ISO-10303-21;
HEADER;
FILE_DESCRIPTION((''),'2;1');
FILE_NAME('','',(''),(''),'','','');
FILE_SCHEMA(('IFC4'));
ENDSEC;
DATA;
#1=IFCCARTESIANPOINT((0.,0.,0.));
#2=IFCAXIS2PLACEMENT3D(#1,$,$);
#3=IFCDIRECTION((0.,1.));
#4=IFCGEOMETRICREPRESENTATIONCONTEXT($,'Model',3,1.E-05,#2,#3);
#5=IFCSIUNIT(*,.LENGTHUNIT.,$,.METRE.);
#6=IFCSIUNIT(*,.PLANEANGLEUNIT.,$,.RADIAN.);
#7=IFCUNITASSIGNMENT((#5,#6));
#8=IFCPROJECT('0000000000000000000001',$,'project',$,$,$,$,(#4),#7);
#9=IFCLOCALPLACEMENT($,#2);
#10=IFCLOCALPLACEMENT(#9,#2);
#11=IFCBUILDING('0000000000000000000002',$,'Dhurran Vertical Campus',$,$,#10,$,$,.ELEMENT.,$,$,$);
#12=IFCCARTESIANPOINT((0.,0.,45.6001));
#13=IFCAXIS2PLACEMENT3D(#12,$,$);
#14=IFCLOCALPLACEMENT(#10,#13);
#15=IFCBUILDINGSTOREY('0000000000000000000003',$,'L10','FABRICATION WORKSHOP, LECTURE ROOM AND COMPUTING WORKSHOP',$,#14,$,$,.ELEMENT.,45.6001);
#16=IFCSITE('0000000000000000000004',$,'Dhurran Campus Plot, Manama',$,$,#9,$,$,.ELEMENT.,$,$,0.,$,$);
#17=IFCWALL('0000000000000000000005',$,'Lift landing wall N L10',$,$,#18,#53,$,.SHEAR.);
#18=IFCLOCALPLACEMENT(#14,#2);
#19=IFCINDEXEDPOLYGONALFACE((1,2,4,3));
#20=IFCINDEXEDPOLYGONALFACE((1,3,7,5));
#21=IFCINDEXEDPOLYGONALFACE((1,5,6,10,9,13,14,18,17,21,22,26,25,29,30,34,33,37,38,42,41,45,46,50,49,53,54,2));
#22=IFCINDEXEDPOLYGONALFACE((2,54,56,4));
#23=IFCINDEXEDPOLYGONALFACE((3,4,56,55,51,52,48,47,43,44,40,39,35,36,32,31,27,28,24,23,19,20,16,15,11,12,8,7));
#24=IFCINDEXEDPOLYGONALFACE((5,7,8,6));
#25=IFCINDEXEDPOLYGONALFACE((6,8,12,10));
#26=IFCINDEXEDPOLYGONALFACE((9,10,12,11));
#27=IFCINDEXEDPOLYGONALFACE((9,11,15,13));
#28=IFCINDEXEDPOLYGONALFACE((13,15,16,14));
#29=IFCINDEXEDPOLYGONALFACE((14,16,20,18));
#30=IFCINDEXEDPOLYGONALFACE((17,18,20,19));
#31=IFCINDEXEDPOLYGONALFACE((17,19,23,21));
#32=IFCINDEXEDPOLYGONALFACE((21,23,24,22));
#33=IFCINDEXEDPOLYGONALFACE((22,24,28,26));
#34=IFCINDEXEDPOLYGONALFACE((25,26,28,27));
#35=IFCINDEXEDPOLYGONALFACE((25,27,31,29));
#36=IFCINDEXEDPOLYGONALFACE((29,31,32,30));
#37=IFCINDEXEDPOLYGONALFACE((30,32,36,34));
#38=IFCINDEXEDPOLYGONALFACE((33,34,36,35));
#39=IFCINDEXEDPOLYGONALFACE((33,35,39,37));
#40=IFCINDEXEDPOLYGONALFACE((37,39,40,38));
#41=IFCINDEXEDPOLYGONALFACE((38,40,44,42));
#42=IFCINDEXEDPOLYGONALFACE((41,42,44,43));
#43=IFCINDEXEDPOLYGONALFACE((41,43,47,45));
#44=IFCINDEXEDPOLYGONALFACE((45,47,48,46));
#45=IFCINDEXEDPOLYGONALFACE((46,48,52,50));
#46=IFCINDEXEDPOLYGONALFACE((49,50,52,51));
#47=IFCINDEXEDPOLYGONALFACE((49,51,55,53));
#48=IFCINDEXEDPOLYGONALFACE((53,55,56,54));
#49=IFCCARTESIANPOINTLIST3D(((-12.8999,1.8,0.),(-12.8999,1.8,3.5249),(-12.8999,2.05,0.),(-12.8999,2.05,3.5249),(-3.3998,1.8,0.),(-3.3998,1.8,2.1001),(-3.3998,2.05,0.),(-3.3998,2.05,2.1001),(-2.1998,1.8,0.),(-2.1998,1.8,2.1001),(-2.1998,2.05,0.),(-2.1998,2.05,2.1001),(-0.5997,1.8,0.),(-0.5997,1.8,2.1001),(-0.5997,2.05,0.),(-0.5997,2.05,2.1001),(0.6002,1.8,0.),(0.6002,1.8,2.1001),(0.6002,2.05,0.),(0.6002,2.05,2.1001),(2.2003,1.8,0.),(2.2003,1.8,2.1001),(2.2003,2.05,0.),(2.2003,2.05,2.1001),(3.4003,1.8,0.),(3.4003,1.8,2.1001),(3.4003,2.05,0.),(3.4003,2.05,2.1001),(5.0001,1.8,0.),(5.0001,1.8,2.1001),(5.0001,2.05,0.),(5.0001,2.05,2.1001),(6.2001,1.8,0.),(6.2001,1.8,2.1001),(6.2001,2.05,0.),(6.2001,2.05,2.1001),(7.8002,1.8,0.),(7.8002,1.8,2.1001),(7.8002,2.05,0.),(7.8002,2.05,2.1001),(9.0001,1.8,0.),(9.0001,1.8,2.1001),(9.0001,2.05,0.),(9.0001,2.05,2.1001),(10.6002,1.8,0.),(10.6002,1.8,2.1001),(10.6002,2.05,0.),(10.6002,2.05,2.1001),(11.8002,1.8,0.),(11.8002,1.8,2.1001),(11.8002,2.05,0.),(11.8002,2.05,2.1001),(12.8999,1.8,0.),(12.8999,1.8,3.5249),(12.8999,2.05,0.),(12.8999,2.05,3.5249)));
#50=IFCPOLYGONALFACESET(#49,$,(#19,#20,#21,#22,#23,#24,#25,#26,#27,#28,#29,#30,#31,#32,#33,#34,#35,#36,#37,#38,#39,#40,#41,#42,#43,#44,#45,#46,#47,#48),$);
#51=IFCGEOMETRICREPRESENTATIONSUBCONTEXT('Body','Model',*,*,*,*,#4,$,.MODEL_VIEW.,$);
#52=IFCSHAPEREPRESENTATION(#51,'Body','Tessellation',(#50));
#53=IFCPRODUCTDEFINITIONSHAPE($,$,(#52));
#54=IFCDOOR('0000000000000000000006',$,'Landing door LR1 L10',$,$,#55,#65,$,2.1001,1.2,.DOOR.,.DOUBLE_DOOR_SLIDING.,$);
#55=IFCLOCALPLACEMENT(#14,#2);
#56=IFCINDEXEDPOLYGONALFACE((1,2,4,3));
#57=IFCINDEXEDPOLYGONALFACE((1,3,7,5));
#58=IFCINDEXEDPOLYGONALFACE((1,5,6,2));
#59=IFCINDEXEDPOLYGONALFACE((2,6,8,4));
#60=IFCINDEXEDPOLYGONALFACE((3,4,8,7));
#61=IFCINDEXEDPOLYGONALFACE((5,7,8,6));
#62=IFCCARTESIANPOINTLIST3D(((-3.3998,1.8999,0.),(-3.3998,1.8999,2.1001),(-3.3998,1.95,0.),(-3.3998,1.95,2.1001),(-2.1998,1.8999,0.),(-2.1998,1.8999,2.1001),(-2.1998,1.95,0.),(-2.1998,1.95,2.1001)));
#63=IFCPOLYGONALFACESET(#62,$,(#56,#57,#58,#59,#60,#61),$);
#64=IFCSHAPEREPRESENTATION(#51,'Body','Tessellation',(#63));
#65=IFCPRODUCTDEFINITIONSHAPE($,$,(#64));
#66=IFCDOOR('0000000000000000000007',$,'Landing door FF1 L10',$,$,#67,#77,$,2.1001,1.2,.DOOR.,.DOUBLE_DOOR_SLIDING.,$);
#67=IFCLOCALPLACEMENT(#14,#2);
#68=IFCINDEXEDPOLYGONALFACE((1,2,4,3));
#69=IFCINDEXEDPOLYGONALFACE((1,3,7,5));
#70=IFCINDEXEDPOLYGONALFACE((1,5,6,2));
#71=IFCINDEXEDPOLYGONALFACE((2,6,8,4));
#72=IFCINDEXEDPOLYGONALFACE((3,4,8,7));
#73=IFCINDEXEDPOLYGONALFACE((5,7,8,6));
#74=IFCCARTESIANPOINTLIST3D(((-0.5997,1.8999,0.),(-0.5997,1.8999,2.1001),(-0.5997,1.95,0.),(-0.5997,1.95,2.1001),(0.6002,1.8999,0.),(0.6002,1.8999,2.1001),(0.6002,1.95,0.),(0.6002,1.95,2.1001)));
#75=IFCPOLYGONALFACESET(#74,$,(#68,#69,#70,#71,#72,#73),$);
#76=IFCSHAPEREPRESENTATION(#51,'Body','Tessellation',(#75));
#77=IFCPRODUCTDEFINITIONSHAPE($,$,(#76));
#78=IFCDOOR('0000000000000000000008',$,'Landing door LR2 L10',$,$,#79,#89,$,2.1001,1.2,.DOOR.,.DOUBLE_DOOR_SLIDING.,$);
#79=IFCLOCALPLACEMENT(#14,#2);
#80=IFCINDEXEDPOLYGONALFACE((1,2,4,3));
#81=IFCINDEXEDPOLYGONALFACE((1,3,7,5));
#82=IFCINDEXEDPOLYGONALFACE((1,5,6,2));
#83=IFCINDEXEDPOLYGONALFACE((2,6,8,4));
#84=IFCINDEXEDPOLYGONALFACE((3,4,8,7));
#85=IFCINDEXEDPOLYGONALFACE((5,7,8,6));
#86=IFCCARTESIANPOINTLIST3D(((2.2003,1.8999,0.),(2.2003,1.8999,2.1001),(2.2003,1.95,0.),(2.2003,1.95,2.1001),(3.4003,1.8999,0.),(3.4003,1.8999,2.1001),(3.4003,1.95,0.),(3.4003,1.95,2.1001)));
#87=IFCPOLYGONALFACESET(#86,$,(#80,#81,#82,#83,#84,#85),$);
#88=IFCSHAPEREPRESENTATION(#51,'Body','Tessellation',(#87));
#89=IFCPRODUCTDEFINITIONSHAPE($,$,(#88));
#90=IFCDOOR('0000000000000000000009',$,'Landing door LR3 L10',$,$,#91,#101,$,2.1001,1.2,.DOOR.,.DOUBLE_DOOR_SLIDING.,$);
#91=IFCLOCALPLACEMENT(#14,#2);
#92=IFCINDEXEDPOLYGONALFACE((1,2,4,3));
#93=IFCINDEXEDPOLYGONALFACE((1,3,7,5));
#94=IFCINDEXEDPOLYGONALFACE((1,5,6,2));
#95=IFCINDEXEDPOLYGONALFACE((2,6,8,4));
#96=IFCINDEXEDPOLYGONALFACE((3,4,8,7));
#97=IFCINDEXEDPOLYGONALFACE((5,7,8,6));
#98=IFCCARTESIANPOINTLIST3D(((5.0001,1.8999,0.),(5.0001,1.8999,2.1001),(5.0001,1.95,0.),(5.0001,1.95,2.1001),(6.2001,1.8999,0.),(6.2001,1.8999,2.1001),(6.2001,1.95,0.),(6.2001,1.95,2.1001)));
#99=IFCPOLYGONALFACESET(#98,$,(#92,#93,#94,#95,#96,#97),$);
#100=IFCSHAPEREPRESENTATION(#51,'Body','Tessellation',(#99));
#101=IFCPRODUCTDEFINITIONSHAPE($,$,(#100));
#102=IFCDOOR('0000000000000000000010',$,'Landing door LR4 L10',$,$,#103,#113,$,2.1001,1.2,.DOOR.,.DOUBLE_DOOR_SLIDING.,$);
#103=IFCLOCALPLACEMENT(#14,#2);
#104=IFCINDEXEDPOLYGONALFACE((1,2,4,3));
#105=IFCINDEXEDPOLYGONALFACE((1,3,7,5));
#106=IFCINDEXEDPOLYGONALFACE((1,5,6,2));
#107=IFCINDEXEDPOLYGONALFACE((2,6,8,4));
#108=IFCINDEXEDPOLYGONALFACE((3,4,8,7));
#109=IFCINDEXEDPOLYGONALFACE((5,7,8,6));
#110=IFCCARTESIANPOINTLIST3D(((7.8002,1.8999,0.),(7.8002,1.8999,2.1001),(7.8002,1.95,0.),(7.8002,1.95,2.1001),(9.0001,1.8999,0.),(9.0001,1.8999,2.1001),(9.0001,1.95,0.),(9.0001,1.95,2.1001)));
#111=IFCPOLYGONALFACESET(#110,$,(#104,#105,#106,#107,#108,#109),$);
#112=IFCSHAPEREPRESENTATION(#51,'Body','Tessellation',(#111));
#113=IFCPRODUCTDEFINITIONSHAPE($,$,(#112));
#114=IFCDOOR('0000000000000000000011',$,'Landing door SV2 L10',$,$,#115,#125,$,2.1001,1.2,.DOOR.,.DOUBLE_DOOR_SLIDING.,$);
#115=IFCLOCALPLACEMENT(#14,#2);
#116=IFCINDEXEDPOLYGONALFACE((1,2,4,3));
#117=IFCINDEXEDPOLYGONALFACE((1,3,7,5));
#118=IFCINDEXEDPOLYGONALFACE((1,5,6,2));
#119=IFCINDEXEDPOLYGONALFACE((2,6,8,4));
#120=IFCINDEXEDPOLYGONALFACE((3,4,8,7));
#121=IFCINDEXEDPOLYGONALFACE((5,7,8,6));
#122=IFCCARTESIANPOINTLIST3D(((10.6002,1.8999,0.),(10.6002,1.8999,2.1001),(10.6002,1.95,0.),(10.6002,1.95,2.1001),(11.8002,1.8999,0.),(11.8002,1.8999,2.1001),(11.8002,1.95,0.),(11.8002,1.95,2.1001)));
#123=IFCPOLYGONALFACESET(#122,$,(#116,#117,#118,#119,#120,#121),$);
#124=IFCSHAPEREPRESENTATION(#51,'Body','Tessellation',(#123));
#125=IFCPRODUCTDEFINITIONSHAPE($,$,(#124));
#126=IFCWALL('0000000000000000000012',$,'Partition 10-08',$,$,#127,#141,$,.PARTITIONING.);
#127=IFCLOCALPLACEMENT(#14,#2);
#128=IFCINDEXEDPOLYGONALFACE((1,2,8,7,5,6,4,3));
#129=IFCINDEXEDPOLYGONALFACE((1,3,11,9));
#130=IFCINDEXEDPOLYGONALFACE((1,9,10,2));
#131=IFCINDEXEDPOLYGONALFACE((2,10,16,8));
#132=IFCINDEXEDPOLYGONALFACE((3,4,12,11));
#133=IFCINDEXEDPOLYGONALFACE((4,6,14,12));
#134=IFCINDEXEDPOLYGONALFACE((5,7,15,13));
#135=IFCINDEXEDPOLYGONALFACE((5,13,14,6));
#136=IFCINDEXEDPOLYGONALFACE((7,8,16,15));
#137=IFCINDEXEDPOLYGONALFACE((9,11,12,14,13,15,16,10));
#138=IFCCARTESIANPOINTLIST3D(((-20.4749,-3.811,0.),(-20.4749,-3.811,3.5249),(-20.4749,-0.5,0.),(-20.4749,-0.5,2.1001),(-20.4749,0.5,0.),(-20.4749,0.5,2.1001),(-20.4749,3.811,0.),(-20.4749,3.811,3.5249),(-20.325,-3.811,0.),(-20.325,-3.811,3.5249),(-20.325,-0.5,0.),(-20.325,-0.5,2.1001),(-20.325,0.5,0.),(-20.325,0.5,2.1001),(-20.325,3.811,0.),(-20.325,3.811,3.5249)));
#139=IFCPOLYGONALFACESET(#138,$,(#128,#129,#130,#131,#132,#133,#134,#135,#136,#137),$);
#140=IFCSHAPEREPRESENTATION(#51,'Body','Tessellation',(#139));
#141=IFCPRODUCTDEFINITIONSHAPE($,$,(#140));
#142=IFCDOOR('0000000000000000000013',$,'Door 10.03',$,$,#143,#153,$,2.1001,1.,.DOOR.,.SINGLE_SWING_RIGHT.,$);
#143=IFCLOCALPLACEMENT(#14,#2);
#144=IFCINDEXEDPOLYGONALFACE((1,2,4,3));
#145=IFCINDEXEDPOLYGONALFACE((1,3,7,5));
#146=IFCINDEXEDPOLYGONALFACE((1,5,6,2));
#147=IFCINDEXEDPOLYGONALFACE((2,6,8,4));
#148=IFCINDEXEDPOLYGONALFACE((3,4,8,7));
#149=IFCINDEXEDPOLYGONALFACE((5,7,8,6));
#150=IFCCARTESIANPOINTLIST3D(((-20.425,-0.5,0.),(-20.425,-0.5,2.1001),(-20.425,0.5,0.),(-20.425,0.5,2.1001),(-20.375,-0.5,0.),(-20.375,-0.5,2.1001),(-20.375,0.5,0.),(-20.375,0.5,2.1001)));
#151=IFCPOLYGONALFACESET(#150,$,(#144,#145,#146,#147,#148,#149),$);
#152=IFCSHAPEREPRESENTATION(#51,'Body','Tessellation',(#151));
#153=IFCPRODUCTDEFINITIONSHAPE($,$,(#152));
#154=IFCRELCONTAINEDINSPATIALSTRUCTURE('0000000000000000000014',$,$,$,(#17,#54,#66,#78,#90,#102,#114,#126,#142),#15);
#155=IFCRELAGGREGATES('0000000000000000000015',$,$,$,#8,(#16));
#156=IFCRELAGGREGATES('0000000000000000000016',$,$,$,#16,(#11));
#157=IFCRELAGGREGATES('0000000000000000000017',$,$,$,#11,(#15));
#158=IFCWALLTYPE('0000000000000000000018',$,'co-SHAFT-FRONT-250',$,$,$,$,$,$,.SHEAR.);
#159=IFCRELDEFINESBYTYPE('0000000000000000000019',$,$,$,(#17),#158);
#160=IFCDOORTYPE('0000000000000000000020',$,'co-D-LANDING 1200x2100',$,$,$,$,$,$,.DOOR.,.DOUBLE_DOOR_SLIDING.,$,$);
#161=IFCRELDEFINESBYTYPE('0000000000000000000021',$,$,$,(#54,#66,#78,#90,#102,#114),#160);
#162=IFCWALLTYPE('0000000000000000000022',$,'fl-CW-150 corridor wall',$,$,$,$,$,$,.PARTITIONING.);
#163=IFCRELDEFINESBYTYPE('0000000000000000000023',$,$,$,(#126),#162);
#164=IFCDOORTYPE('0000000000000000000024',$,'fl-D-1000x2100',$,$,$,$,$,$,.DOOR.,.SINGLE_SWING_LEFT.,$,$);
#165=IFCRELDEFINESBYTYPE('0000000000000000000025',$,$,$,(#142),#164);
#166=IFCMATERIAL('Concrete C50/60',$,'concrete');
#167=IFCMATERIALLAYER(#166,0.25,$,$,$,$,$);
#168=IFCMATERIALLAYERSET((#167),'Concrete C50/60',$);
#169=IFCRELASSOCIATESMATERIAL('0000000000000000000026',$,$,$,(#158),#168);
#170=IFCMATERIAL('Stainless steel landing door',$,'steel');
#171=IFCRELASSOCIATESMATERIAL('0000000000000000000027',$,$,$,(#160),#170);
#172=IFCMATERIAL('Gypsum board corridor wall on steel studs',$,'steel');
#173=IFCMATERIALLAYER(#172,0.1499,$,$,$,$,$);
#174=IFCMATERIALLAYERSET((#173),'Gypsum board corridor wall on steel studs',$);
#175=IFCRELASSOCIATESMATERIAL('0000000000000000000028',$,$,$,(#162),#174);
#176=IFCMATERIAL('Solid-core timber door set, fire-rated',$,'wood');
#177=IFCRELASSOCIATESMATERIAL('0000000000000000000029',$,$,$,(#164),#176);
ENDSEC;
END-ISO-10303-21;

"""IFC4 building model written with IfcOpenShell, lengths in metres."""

from ifc_helpers import new_model, si_unit, direction, frame, frame_2d, origin, place, context, subcontext, project, spatial, rectangle, extrude, material, layer, layer_set, type_object, element, fill, save


model = new_model("IFC4")

# Units and contexts
model_context = context("Model", 3, precision=1e-05, world=origin(), true_north=direction((0.0, 1.0)))
body_context = subcontext(model_context, "Body", "Model", "MODEL_VIEW")
ifc_project = project(units=[si_unit("LENGTHUNIT", "METRE"), si_unit("PLANEANGLEUNIT", "RADIAN")], contexts=[model_context])

# Site, building, storey
site_placement = place(None, origin())
site = spatial("IfcSite", under=ifc_project, at=site_placement, Name="Dhurran Campus Plot, Manama", CompositionType="ELEMENT", RefElevation=0.0)
building_placement = place(site_placement, origin())
building = spatial("IfcBuilding", under=site, at=building_placement, Name="Dhurran Vertical Campus", CompositionType="ELEMENT")
storey_placement = place(building_placement, frame((0.0, 0.0, 45.6001)))
storey = spatial("IfcBuildingStorey", under=building, at=storey_placement, Name="L10", Description="FABRICATION WORKSHOP, LECTURE ROOM AND COMPUTING WORKSHOP", CompositionType="ELEMENT", Elevation=45.6001)

# Wall, openings, doors
ifc_material_1 = material(Name="Concrete C50/60", Category="concrete")
ifc_layer_1 = layer(ifc_material_1, 0.25)
ifc_layer_set_1 = layer_set([ifc_layer_1], Name="Concrete C50/60")
wall_type_1 = type_object("IfcWallType", Name="co-SHAFT-FRONT-250", PredefinedType="SHEAR", material=ifc_layer_set_1)
wall_1_placement = place(storey_placement, frame((-12.8999, 1.925, 0.0), z_axis=(0.0, 0.0, 1.0), x_axis=(1.0, 0.0, 0.0)))
wall_1 = element("IfcWall", 1, at=wall_1_placement, inside=storey, type_object=wall_type_1, Name="Lift landing wall N L10", PredefinedType="SHEAR", context=body_context, shape_type="SweptSolid", body=[
    extrude(rectangle(XDim=25.7998, YDim=0.25, at=frame_2d((12.8999, 0.0))), origin(), (0.0, 0.0, 1.0), 3.5249),
])
opening_1_placement = place(wall_1_placement, frame((9.5, 0.0, 0.0)))
opening_1 = element("IfcOpeningElement", 2, at=opening_1_placement, cuts=wall_1, PredefinedType="OPENING", context=body_context, shape_type="SweptSolid", body=[
    extrude(rectangle(XDim=1.2, YDim=2.1001, at=frame_2d((0.6001, 1.05))), frame((0.0, 0.135, 0.0), z_axis=(0.0, -1.0, 0.0), x_axis=(1.0, 0.0, 0.0)), (0.0, 0.0, 1.0), 0.27),
])
opening_2_placement = place(wall_1_placement, frame((12.3, 0.0, 0.0)))
opening_2 = element("IfcOpeningElement", 3, at=opening_2_placement, cuts=wall_1, PredefinedType="OPENING", context=body_context, shape_type="SweptSolid", body=[
    extrude(rectangle(XDim=1.2, YDim=2.1001, at=frame_2d((0.6001, 1.05))), frame((0.0, 0.135, 0.0), z_axis=(0.0, -1.0, 0.0), x_axis=(1.0, 0.0, 0.0)), (0.0, 0.0, 1.0), 0.27),
])
opening_3_placement = place(wall_1_placement, frame((15.1001, 0.0, 0.0)))
opening_3 = element("IfcOpeningElement", 4, at=opening_3_placement, cuts=wall_1, PredefinedType="OPENING", context=body_context, shape_type="SweptSolid", body=[
    extrude(rectangle(XDim=1.2, YDim=2.1001, at=frame_2d((0.6001, 1.05))), frame((0.0, 0.135, 0.0), z_axis=(0.0, -1.0, 0.0), x_axis=(1.0, 0.0, 0.0)), (0.0, 0.0, 1.0), 0.27),
])
opening_4_placement = place(wall_1_placement, frame((17.8999, 0.0, 0.0)))
opening_4 = element("IfcOpeningElement", 5, at=opening_4_placement, cuts=wall_1, PredefinedType="OPENING", context=body_context, shape_type="SweptSolid", body=[
    extrude(rectangle(XDim=1.2, YDim=2.1001, at=frame_2d((0.6001, 1.05))), frame((0.0, 0.135, 0.0), z_axis=(0.0, -1.0, 0.0), x_axis=(1.0, 0.0, 0.0)), (0.0, 0.0, 1.0), 0.27),
])
opening_5_placement = place(wall_1_placement, frame((20.7, 0.0, 0.0)))
opening_5 = element("IfcOpeningElement", 6, at=opening_5_placement, cuts=wall_1, PredefinedType="OPENING", context=body_context, shape_type="SweptSolid", body=[
    extrude(rectangle(XDim=1.2, YDim=2.1001, at=frame_2d((0.6001, 1.05))), frame((0.0, 0.135, 0.0), z_axis=(0.0, -1.0, 0.0), x_axis=(1.0, 0.0, 0.0)), (0.0, 0.0, 1.0), 0.27),
])
opening_6_placement = place(wall_1_placement, frame((23.5, 0.0, 0.0)))
opening_6 = element("IfcOpeningElement", 7, at=opening_6_placement, cuts=wall_1, PredefinedType="OPENING", context=body_context, shape_type="SweptSolid", body=[
    extrude(rectangle(XDim=1.2, YDim=2.1001, at=frame_2d((0.6001, 1.05))), frame((0.0, 0.135, 0.0), z_axis=(0.0, -1.0, 0.0), x_axis=(1.0, 0.0, 0.0)), (0.0, 0.0, 1.0), 0.27),
])
ifc_material_2 = material(Name="Stainless steel landing door", Category="steel")
door_type_1 = type_object("IfcDoorType", Name="co-D-LANDING 1200x2100", OperationType="DOUBLE_DOOR_SLIDING", PredefinedType="DOOR", material=ifc_material_2)
door_1_placement = place(opening_1_placement, origin())
door_1 = element("IfcDoor", 8, at=door_1_placement, inside=storey, type_object=door_type_1, Name="Landing door LR1 L10", OperationType="DOUBLE_DOOR_SLIDING", OverallHeight=2.1001, OverallWidth=1.2, PredefinedType="DOOR", context=body_context, shape_type="SweptSolid", body=[
    extrude(rectangle(XDim=1.2, YDim=2.1001, at=frame_2d((0.6001, 1.05))), frame((0.0, 0.0249, 0.0), z_axis=(0.0, -1.0, 0.0), x_axis=(1.0, 0.0, 0.0)), (0.0, 0.0, 1.0), 0.05),
])
fill(opening_1, door_1)
door_2_placement = place(opening_2_placement, origin())
door_2 = element("IfcDoor", 9, at=door_2_placement, inside=storey, type_object=door_type_1, Name="Landing door FF1 L10", OperationType="DOUBLE_DOOR_SLIDING", OverallHeight=2.1001, OverallWidth=1.2, PredefinedType="DOOR", context=body_context, shape_type="SweptSolid", body=[
    extrude(rectangle(XDim=1.2, YDim=2.1001, at=frame_2d((0.6001, 1.05))), frame((0.0, 0.0249, 0.0), z_axis=(0.0, -1.0, 0.0), x_axis=(1.0, 0.0, 0.0)), (0.0, 0.0, 1.0), 0.05),
])
fill(opening_2, door_2)
door_3_placement = place(opening_3_placement, origin())
door_3 = element("IfcDoor", 10, at=door_3_placement, inside=storey, type_object=door_type_1, Name="Landing door LR2 L10", OperationType="DOUBLE_DOOR_SLIDING", OverallHeight=2.1001, OverallWidth=1.2, PredefinedType="DOOR", context=body_context, shape_type="SweptSolid", body=[
    extrude(rectangle(XDim=1.2, YDim=2.1001, at=frame_2d((0.6001, 1.05))), frame((0.0, 0.0249, 0.0), z_axis=(0.0, -1.0, 0.0), x_axis=(1.0, 0.0, 0.0)), (0.0, 0.0, 1.0), 0.05),
])
fill(opening_3, door_3)
door_4_placement = place(opening_4_placement, origin())
door_4 = element("IfcDoor", 11, at=door_4_placement, inside=storey, type_object=door_type_1, Name="Landing door LR3 L10", OperationType="DOUBLE_DOOR_SLIDING", OverallHeight=2.1001, OverallWidth=1.2, PredefinedType="DOOR", context=body_context, shape_type="SweptSolid", body=[
    extrude(rectangle(XDim=1.2, YDim=2.1001, at=frame_2d((0.6001, 1.05))), frame((0.0, 0.0249, 0.0), z_axis=(0.0, -1.0, 0.0), x_axis=(1.0, 0.0, 0.0)), (0.0, 0.0, 1.0), 0.05),
])
fill(opening_4, door_4)
door_5_placement = place(opening_5_placement, origin())
door_5 = element("IfcDoor", 12, at=door_5_placement, inside=storey, type_object=door_type_1, Name="Landing door LR4 L10", OperationType="DOUBLE_DOOR_SLIDING", OverallHeight=2.1001, OverallWidth=1.2, PredefinedType="DOOR", context=body_context, shape_type="SweptSolid", body=[
    extrude(rectangle(XDim=1.2, YDim=2.1001, at=frame_2d((0.6001, 1.05))), frame((0.0, 0.0249, 0.0), z_axis=(0.0, -1.0, 0.0), x_axis=(1.0, 0.0, 0.0)), (0.0, 0.0, 1.0), 0.05),
])
fill(opening_5, door_5)
door_6_placement = place(opening_6_placement, origin())
door_6 = element("IfcDoor", 13, at=door_6_placement, inside=storey, type_object=door_type_1, Name="Landing door SV2 L10", OperationType="DOUBLE_DOOR_SLIDING", OverallHeight=2.1001, OverallWidth=1.2, PredefinedType="DOOR", context=body_context, shape_type="SweptSolid", body=[
    extrude(rectangle(XDim=1.2, YDim=2.1001, at=frame_2d((0.6001, 1.05))), frame((0.0, 0.0249, 0.0), z_axis=(0.0, -1.0, 0.0), x_axis=(1.0, 0.0, 0.0)), (0.0, 0.0, 1.0), 0.05),
])
fill(opening_6, door_6)

# Wall, opening, door
ifc_material_3 = material(Name="Gypsum board corridor wall on steel studs", Category="steel")
ifc_layer_2 = layer(ifc_material_3, 0.1499)
ifc_layer_set_2 = layer_set([ifc_layer_2], Name="Gypsum board corridor wall on steel studs")
wall_type_2 = type_object("IfcWallType", Name="fl-CW-150 corridor wall", PredefinedType="PARTITIONING", material=ifc_layer_set_2)
wall_2_placement = place(storey_placement, frame((-20.3999, 3.811, 0.0), z_axis=(0.0, 0.0, 1.0), x_axis=(0.0, -1.0, 0.0)))
wall_2 = element("IfcWall", 14, at=wall_2_placement, inside=storey, type_object=wall_type_2, Name="Partition 10-08", PredefinedType="PARTITIONING", context=body_context, shape_type="SweptSolid", body=[
    extrude(rectangle(XDim=7.6221, YDim=0.1499, at=frame_2d((3.811, 0.0))), origin(), (0.0, 0.0, 1.0), 3.5249),
])
opening_7_placement = place(wall_2_placement, frame((3.311, 0.0, 0.0)))
opening_7 = element("IfcOpeningElement", 15, at=opening_7_placement, cuts=wall_2, PredefinedType="OPENING", context=body_context, shape_type="SweptSolid", body=[
    extrude(rectangle(XDim=1.0, YDim=2.1001, at=frame_2d((0.5, 1.05))), frame((0.0, 0.085, 0.0), z_axis=(0.0, -1.0, 0.0), x_axis=(1.0, 0.0, 0.0)), (0.0, 0.0, 1.0), 0.1699),
])
ifc_material_4 = material(Name="Solid-core timber door set, fire-rated", Category="wood")
door_type_2 = type_object("IfcDoorType", Name="fl-D-1000x2100", OperationType="SINGLE_SWING_LEFT", PredefinedType="DOOR", material=ifc_material_4)
door_7_placement = place(opening_7_placement, origin())
door_7 = element("IfcDoor", 16, at=door_7_placement, inside=storey, type_object=door_type_2, Name="Door 10.03", OperationType="SINGLE_SWING_RIGHT", OverallHeight=2.1001, OverallWidth=1.0, PredefinedType="DOOR", context=body_context, shape_type="SweptSolid", body=[
    extrude(rectangle(XDim=1.0, YDim=2.1001, at=frame_2d((0.5, 1.05))), frame((0.0, 0.0249, 0.0), z_axis=(0.0, -1.0, 0.0), x_axis=(1.0, 0.0, 0.0)), (0.0, 0.0, 1.0), 0.05),
])
fill(opening_7, door_7)

save(model, "model.ifc")
